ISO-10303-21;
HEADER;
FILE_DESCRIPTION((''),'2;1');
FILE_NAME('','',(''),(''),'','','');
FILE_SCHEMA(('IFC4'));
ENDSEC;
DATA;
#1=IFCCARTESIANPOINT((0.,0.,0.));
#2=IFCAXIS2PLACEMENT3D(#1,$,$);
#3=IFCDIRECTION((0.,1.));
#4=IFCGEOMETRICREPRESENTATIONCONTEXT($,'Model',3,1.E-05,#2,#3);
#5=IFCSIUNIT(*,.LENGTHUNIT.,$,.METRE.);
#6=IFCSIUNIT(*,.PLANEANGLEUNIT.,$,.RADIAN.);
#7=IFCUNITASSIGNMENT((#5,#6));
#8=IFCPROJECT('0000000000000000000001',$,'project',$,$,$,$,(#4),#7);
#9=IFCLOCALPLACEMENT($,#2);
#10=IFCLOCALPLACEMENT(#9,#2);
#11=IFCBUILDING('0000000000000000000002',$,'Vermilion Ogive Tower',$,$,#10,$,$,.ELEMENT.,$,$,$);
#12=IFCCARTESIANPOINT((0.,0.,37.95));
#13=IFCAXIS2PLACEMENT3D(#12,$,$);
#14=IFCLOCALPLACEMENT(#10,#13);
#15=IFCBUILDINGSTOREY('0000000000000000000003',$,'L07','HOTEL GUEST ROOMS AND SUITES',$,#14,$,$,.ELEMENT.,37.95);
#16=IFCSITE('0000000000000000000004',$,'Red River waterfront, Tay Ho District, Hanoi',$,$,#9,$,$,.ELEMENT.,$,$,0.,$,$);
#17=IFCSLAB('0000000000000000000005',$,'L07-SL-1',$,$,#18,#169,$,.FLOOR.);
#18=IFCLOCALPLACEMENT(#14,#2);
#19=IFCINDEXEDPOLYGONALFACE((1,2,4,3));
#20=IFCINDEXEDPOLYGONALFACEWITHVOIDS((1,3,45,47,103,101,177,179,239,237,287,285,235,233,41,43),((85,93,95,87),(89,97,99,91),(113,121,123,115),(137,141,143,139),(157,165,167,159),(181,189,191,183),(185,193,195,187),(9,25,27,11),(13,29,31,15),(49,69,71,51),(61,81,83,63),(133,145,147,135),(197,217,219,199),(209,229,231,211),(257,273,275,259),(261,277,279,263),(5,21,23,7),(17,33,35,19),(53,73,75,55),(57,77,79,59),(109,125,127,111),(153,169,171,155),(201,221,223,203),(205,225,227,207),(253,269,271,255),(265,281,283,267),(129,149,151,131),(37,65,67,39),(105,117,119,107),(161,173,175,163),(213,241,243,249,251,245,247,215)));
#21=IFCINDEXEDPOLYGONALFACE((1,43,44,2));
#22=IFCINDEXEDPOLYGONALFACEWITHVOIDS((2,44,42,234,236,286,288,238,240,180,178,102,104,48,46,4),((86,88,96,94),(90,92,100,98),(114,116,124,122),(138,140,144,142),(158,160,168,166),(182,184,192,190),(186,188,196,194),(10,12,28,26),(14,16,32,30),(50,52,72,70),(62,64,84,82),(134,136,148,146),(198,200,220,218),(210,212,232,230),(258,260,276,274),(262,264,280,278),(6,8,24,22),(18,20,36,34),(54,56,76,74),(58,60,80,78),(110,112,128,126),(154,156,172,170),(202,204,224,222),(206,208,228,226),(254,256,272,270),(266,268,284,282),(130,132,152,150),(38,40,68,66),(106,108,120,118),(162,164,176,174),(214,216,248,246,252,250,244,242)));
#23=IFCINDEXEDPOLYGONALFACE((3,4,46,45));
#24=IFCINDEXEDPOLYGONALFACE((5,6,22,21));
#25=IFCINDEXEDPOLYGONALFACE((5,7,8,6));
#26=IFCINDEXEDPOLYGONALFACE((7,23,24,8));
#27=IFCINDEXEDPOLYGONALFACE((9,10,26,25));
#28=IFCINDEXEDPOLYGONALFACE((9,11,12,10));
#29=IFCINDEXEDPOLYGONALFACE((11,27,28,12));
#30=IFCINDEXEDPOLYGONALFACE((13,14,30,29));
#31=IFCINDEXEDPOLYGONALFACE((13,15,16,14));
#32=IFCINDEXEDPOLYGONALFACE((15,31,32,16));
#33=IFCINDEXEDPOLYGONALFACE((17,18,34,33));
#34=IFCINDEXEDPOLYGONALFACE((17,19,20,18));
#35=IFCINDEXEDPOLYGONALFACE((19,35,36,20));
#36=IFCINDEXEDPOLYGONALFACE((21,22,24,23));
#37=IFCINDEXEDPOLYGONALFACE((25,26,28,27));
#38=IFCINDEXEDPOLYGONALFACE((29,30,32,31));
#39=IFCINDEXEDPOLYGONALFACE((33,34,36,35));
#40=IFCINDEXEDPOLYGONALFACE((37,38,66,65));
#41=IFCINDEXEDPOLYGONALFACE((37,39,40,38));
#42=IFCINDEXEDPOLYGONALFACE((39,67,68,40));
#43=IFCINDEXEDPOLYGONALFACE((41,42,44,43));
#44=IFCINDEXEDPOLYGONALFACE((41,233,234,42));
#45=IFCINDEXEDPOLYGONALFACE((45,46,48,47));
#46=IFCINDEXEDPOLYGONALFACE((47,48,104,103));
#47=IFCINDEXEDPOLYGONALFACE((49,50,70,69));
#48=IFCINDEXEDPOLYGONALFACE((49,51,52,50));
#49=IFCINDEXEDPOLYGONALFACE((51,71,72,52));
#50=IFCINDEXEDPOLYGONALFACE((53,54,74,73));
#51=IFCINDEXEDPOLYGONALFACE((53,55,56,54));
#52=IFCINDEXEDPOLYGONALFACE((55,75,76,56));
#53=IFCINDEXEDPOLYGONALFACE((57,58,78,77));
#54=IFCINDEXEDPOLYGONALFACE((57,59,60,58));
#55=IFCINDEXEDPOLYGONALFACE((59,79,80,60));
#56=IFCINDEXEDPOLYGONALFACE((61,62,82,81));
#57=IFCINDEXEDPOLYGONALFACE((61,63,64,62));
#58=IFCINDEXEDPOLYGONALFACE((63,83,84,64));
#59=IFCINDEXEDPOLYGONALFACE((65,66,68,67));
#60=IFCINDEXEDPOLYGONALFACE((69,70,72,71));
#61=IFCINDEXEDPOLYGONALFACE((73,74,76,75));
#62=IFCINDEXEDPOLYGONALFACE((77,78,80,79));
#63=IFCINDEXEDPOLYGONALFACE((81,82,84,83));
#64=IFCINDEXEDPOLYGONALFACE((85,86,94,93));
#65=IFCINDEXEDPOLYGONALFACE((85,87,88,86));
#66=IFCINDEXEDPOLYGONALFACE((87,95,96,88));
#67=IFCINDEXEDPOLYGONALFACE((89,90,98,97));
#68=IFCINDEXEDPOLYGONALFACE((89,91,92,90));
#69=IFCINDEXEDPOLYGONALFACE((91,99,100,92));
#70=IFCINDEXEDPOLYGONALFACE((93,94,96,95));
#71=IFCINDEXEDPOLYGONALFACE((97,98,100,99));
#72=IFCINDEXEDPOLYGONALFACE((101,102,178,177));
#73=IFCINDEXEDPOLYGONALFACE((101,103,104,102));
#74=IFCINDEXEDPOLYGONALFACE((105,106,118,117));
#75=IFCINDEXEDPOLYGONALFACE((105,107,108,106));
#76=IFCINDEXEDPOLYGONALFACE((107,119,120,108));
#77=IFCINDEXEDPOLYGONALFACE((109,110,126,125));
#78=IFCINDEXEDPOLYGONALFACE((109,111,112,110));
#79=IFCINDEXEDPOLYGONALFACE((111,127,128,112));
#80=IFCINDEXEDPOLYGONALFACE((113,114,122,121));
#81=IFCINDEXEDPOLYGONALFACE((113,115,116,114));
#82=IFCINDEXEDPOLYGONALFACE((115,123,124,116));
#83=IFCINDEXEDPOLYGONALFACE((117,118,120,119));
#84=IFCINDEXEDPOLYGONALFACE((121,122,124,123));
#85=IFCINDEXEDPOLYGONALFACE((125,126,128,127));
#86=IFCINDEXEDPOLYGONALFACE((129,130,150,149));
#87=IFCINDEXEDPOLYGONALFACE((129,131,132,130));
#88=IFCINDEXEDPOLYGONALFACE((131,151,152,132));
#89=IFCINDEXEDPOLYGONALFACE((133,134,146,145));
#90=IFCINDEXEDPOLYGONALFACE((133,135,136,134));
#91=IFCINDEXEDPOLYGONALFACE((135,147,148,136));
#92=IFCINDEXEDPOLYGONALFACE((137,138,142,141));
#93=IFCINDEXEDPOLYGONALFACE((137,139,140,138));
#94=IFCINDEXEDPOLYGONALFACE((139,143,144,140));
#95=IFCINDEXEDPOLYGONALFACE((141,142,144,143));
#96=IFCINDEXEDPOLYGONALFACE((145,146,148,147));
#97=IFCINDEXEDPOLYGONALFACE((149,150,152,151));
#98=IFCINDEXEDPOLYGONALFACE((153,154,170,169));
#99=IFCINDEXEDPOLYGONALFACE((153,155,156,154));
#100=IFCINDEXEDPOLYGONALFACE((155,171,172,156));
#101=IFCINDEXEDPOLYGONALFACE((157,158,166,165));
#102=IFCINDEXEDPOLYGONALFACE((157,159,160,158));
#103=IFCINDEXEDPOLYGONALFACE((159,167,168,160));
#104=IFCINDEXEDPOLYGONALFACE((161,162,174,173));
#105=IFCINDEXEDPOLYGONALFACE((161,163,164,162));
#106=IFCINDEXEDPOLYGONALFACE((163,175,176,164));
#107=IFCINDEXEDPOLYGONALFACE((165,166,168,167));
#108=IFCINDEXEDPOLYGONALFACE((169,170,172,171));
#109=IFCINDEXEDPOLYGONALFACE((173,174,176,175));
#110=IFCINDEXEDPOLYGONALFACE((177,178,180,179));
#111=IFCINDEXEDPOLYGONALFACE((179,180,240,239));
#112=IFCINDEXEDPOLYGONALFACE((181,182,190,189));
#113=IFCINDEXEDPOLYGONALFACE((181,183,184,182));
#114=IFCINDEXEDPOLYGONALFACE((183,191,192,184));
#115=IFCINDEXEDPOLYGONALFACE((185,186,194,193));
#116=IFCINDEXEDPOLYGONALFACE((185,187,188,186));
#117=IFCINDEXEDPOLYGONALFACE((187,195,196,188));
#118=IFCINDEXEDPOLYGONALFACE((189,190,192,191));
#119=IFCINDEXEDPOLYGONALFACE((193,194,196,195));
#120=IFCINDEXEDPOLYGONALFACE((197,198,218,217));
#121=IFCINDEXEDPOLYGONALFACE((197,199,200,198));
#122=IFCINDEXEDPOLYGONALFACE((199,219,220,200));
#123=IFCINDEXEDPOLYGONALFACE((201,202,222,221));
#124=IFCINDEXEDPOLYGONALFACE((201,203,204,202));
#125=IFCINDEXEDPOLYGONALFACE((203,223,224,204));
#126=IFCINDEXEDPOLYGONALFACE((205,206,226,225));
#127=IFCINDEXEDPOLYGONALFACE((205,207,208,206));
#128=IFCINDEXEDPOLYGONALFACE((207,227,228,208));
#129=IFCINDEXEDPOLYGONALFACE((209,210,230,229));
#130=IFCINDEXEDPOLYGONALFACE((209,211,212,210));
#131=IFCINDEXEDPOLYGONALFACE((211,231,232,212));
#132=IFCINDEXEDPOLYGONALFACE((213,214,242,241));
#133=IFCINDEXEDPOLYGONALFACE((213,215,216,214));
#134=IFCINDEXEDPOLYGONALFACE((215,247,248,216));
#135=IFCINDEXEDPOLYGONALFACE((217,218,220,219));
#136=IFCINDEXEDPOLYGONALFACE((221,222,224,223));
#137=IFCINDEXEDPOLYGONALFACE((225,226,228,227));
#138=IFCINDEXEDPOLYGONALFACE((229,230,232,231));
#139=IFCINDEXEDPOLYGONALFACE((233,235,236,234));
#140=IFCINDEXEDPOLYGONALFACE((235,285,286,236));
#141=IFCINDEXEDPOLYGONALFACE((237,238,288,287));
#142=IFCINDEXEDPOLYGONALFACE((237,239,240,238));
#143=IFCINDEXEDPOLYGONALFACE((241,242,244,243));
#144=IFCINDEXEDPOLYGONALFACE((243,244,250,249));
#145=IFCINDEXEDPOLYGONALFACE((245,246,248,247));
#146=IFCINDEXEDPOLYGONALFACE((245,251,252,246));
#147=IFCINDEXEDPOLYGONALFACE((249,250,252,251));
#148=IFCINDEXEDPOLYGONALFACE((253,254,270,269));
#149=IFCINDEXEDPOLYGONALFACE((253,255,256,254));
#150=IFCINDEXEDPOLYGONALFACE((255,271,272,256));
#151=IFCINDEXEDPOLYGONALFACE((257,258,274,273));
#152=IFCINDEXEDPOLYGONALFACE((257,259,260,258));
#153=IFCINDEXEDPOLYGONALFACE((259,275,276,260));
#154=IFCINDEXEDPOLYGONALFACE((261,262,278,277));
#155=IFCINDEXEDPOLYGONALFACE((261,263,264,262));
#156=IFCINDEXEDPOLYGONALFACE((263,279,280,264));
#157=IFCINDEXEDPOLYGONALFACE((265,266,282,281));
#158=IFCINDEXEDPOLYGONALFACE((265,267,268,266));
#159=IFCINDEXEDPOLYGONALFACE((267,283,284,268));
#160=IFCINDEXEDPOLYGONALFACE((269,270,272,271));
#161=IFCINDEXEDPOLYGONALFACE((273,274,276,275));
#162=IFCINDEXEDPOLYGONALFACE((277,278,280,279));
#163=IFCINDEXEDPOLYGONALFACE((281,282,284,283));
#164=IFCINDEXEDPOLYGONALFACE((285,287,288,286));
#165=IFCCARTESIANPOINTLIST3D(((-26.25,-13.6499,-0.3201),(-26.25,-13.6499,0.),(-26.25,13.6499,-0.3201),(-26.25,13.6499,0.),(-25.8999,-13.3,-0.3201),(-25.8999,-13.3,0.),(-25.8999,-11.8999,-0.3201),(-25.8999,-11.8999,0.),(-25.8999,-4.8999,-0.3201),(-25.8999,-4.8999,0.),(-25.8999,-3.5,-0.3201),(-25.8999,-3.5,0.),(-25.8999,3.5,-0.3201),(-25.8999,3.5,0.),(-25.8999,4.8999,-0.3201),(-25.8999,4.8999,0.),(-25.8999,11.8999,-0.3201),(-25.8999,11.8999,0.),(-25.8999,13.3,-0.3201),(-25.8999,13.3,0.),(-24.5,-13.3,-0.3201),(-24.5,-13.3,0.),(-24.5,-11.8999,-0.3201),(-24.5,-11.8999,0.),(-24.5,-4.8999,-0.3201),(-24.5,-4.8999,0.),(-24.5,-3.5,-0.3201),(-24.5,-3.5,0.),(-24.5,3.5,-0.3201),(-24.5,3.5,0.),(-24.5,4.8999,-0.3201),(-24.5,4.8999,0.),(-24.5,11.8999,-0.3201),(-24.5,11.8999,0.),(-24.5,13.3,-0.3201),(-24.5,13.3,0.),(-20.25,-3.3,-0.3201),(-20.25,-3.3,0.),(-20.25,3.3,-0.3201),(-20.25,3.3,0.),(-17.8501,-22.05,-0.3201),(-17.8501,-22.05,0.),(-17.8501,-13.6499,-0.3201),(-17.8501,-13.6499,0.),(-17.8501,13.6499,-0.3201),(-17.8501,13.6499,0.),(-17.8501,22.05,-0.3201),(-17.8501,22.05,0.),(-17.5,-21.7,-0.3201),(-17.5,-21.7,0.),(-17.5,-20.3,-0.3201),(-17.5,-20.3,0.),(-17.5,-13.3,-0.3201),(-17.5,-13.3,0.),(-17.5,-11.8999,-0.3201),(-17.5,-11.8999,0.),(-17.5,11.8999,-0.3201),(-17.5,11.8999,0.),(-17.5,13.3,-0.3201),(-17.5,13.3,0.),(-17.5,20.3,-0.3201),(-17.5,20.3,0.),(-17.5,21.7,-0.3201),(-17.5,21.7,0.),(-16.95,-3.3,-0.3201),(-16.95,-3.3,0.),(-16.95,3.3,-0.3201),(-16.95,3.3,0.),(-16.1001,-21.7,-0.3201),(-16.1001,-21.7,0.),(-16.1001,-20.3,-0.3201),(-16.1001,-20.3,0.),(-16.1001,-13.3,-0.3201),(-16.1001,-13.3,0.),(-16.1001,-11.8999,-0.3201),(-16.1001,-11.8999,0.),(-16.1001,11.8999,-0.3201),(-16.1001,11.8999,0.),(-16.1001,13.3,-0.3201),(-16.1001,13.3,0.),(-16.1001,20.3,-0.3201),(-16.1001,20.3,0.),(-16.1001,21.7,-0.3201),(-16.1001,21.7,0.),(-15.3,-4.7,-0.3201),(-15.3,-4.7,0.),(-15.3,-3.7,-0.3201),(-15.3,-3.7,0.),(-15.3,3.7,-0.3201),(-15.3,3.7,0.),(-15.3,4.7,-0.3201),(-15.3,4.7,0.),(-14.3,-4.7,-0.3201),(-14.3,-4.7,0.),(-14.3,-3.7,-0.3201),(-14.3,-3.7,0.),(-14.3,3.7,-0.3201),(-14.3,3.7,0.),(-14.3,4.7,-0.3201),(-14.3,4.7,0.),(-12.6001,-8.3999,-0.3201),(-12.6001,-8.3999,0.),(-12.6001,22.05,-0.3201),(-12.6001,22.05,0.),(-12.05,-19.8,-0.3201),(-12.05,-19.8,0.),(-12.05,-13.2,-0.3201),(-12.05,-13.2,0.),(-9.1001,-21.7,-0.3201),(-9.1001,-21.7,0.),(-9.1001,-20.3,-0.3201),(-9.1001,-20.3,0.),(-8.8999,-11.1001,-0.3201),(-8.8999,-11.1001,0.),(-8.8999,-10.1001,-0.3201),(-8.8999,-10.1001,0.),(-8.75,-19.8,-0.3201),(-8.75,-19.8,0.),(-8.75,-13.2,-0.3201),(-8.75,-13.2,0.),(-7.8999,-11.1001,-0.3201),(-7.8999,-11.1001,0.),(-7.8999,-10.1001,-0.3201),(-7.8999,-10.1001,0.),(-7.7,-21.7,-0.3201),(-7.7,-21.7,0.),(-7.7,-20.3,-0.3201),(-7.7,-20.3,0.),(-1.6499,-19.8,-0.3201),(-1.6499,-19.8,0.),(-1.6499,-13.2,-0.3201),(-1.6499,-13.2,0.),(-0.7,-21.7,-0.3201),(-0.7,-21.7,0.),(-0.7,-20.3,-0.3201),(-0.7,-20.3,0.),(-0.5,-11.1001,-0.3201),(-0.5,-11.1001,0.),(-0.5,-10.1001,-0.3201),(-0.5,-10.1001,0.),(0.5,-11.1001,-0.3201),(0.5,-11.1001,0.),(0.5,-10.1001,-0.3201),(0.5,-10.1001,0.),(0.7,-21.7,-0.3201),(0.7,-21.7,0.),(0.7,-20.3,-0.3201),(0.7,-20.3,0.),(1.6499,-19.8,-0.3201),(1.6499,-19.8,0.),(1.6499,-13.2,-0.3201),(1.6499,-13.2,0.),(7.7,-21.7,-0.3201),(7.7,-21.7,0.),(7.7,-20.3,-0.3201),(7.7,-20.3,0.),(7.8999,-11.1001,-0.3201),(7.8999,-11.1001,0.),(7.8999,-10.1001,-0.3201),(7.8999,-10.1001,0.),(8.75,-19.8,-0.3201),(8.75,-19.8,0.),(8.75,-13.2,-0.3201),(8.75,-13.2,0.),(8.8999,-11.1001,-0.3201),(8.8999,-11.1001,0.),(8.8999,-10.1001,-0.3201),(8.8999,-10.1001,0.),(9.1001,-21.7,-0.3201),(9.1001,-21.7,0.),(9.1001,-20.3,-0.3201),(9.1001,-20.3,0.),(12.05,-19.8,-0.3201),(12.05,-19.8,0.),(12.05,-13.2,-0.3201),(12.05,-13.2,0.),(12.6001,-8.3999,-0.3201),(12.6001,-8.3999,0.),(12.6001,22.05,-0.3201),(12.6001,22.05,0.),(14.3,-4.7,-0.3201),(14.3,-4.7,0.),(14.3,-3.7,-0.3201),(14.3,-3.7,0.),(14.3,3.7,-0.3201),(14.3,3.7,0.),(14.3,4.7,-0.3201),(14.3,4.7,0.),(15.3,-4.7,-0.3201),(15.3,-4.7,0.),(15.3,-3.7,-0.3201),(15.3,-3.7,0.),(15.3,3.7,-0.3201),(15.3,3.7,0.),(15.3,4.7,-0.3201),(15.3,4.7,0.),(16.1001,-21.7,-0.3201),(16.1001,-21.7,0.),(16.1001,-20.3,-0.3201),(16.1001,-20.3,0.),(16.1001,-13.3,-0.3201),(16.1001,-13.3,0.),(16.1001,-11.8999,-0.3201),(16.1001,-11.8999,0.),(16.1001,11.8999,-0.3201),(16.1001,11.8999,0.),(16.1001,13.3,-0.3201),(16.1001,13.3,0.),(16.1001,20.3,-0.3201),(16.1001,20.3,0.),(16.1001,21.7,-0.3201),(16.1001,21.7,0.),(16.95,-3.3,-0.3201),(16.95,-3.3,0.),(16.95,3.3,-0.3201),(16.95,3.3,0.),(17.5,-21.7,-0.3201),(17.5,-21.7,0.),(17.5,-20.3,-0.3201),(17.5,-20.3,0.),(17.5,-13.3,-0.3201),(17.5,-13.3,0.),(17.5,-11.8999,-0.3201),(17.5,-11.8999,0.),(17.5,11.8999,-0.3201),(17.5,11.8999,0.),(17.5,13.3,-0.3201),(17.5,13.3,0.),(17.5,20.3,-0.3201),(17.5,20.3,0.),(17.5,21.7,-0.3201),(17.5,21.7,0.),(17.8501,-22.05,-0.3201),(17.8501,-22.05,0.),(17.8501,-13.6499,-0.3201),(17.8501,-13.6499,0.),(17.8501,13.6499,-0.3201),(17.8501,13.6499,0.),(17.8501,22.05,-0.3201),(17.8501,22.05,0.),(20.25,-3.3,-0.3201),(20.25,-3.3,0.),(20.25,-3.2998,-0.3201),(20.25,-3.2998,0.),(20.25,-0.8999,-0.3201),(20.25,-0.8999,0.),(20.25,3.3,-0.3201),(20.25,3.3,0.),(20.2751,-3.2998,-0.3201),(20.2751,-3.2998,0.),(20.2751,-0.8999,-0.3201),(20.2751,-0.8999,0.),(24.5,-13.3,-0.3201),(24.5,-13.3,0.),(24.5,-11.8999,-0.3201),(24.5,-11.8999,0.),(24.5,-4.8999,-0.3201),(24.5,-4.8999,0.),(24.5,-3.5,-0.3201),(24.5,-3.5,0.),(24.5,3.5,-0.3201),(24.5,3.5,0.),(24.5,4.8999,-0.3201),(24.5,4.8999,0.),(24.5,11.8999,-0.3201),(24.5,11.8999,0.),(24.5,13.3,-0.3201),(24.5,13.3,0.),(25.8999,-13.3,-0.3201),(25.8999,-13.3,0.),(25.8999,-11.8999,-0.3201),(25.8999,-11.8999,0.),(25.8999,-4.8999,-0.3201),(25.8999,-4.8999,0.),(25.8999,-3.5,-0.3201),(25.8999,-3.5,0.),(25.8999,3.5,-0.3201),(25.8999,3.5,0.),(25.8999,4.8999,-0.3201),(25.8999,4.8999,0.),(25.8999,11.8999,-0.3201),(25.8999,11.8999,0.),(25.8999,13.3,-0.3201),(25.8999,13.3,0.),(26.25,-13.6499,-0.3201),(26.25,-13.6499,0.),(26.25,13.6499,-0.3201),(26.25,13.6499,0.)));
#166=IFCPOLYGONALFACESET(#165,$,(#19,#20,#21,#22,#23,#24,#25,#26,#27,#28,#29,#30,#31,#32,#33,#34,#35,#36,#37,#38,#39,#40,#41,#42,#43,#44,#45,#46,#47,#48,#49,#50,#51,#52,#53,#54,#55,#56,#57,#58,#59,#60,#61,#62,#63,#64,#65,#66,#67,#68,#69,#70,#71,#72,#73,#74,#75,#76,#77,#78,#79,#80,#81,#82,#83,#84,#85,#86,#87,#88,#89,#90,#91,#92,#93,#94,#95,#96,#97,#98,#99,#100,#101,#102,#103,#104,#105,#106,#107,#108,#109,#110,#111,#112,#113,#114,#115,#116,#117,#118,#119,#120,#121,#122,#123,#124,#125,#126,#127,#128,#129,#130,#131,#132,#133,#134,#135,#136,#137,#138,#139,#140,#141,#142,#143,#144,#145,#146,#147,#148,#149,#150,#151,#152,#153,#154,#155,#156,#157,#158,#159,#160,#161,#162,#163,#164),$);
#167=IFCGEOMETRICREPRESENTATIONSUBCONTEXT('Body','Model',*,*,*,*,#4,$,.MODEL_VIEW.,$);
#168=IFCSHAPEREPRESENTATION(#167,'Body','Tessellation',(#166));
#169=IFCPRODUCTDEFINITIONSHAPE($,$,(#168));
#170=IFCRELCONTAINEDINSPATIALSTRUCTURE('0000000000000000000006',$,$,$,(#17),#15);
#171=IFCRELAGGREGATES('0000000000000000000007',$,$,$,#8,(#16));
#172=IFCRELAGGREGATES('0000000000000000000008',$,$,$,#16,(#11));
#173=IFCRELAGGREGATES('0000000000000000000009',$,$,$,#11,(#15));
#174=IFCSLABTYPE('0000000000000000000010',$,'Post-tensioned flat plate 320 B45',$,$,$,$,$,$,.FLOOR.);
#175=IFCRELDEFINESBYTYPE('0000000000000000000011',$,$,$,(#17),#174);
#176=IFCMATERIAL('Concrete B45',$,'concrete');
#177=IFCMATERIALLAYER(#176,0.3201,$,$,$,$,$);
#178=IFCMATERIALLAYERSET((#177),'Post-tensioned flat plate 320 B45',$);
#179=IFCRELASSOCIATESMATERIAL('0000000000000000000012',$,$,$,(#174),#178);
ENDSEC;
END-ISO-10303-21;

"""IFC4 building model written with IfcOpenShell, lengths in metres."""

from ifc_helpers import new_model, si_unit, direction, frame, origin, place, context, subcontext, project, spatial, polyline, outline, extrude, material, layer, layer_set, type_object, element, save


model = new_model("IFC4")

# Units and contexts
model_context = context("Model", 3, precision=1e-05, world=origin(), true_north=direction((0.0, 1.0)))
body_context = subcontext(model_context, "Body", "Model", "MODEL_VIEW")
ifc_project = project(units=[si_unit("LENGTHUNIT", "METRE"), si_unit("PLANEANGLEUNIT", "RADIAN")], contexts=[model_context])

# Site, building, storey
site_placement = place(None, origin())
site = spatial("IfcSite", under=ifc_project, at=site_placement, Name="Red River waterfront, Tay Ho District, Hanoi", CompositionType="ELEMENT", RefElevation=0.0)
building_placement = place(site_placement, origin())
building = spatial("IfcBuilding", under=site, at=building_placement, Name="Vermilion Ogive Tower", CompositionType="ELEMENT")
storey_placement = place(building_placement, frame((0.0, 0.0, 37.95)))
storey = spatial("IfcBuildingStorey", under=building, at=storey_placement, Name="L07", Description="HOTEL GUEST ROOMS AND SUITES", CompositionType="ELEMENT", Elevation=37.95)

# Slab
ifc_material_1 = material(Name="Concrete B45", Category="concrete")
ifc_layer_1 = layer(ifc_material_1, 0.3201)
ifc_layer_set_1 = layer_set([ifc_layer_1], Name="Post-tensioned flat plate 320 B45")
slab_type = type_object("IfcSlabType", Name="Post-tensioned flat plate 320 B45", PredefinedType="FLOOR", material=ifc_layer_set_1)
slab_placement = place(storey_placement, frame((0.0, 0.0, -0.3201)))
element("IfcSlab", 1, at=slab_placement, inside=storey, type_object=slab_type, Name="L07-SL-1", PredefinedType="FLOOR", context=body_context, shape_type="SweptSolid", body=[
    extrude(outline(polyline([(-26.25, -13.6499), (-17.8501, -13.6499), (-17.8501, -22.05), (17.8501, -22.05), (17.8501, -13.6499), (26.25, -13.6499), (26.25, 13.6499), (17.8501, 13.6499), (17.8501, 22.05), (12.6001, 22.05), (12.6001, -8.3999), (-12.6001, -8.3999), (-12.6001, 22.05), (-17.8501, 22.05), (-17.8501, 13.6499), (-26.25, 13.6499), (-26.25, -13.6499)]), holes=[polyline([(25.8999, -3.5), (25.8999, -4.8999), (24.5, -4.8999), (24.5, -3.5), (25.8999, -3.5)]), polyline([(25.8999, -11.8999), (25.8999, -13.3), (24.5, -13.3), (24.5, -11.8999), (25.8999, -11.8999)]), polyline([(25.8999, 11.8999), (24.5, 11.8999), (24.5, 13.3), (25.8999, 13.3), (25.8999, 11.8999)]), polyline([(25.8999, 3.5), (24.5, 3.5), (24.5, 4.8999), (25.8999, 4.8999), (25.8999, 3.5)]), polyline([(20.25, -3.2998), (20.25, -3.3), (16.95, -3.3), (16.95, 3.3), (20.25, 3.3), (20.25, -0.8999), (20.2751, -0.8999), (20.2751, -3.2998), (20.25, -3.2998)]), polyline([(17.5, -11.8999), (17.5, -13.3), (16.1001, -13.3), (16.1001, -11.8999), (17.5, -11.8999)]), polyline([(17.5, 20.3), (16.1001, 20.3), (16.1001, 21.7), (17.5, 21.7), (17.5, 20.3)]), polyline([(17.5, -20.3), (17.5, -21.7), (16.1001, -21.7), (16.1001, -20.3), (17.5, -20.3)]), polyline([(17.5, 13.3), (17.5, 11.8999), (16.1001, 11.8999), (16.1001, 13.3), (17.5, 13.3)]), polyline([(15.3, 4.7), (15.3, 3.7), (14.3, 3.7), (14.3, 4.7), (15.3, 4.7)]), polyline([(15.3, -4.7), (14.3, -4.7), (14.3, -3.7), (15.3, -3.7), (15.3, -4.7)]), polyline([(12.05, -13.2), (12.05, -19.8), (8.75, -19.8), (8.75, -13.2), (12.05, -13.2)]), polyline([(9.1001, -20.3), (9.1001, -21.7), (7.7, -21.7), (7.7, -20.3), (9.1001, -20.3)]), polyline([(8.8999, -11.1001), (7.8999, -11.1001), (7.8999, -10.1001), (8.8999, -10.1001), (8.8999, -11.1001)]), polyline([(1.6499, -13.2), (1.6499, -19.8), (-1.6499, -19.8), (-1.6499, -13.2), (1.6499, -13.2)]), polyline([(0.7, -20.3), (0.7, -21.7), (-0.7, -21.7), (-0.7, -20.3), (0.7, -20.3)]), polyline([(0.5, -10.1001), (0.5, -11.1001), (-0.5, -11.1001), (-0.5, -10.1001), (0.5, -10.1001)]), polyline([(-7.7, -20.3), (-7.7, -21.7), (-9.1001, -21.7), (-9.1001, -20.3), (-7.7, -20.3)]), polyline([(-7.8999, -10.1001), (-7.8999, -11.1001), (-8.8999, -11.1001), (-8.8999, -10.1001), (-7.8999, -10.1001)]), polyline([(-8.75, -13.2), (-8.75, -19.8), (-12.05, -19.8), (-12.05, -13.2), (-8.75, -13.2)]), polyline([(-14.3, 4.7), (-14.3, 3.7), (-15.3, 3.7), (-15.3, 4.7), (-14.3, 4.7)]), polyline([(-14.3, -4.7), (-15.3, -4.7), (-15.3, -3.7), (-14.3, -3.7), (-14.3, -4.7)]), polyline([(-16.1001, 13.3), (-16.1001, 11.8999), (-17.5, 11.8999), (-17.5, 13.3), (-16.1001, 13.3)]), polyline([(-16.1001, -11.8999), (-16.1001, -13.3), (-17.5, -13.3), (-17.5, -11.8999), (-16.1001, -11.8999)]), polyline([(-16.1001, -20.3), (-16.1001, -21.7), (-17.5, -21.7), (-17.5, -20.3), (-16.1001, -20.3)]), polyline([(-16.1001, 20.3), (-17.5, 20.3), (-17.5, 21.7), (-16.1001, 21.7), (-16.1001, 20.3)]), polyline([(-16.95, 3.3), (-16.95, -3.3), (-20.25, -3.3), (-20.25, 3.3), (-16.95, 3.3)]), polyline([(-24.5, 3.5), (-25.8999, 3.5), (-25.8999, 4.8999), (-24.5, 4.8999), (-24.5, 3.5)]), polyline([(-24.5, 13.3), (-24.5, 11.8999), (-25.8999, 11.8999), (-25.8999, 13.3), (-24.5, 13.3)]), polyline([(-24.5, -3.5), (-24.5, -4.8999), (-25.8999, -4.8999), (-25.8999, -3.5), (-24.5, -3.5)]), polyline([(-24.5, -11.8999), (-24.5, -13.3), (-25.8999, -13.3), (-25.8999, -11.8999), (-24.5, -11.8999)])]), origin(), (0.0, 0.0, 1.0), 0.3201),
])

save(model, "model.ifc")
